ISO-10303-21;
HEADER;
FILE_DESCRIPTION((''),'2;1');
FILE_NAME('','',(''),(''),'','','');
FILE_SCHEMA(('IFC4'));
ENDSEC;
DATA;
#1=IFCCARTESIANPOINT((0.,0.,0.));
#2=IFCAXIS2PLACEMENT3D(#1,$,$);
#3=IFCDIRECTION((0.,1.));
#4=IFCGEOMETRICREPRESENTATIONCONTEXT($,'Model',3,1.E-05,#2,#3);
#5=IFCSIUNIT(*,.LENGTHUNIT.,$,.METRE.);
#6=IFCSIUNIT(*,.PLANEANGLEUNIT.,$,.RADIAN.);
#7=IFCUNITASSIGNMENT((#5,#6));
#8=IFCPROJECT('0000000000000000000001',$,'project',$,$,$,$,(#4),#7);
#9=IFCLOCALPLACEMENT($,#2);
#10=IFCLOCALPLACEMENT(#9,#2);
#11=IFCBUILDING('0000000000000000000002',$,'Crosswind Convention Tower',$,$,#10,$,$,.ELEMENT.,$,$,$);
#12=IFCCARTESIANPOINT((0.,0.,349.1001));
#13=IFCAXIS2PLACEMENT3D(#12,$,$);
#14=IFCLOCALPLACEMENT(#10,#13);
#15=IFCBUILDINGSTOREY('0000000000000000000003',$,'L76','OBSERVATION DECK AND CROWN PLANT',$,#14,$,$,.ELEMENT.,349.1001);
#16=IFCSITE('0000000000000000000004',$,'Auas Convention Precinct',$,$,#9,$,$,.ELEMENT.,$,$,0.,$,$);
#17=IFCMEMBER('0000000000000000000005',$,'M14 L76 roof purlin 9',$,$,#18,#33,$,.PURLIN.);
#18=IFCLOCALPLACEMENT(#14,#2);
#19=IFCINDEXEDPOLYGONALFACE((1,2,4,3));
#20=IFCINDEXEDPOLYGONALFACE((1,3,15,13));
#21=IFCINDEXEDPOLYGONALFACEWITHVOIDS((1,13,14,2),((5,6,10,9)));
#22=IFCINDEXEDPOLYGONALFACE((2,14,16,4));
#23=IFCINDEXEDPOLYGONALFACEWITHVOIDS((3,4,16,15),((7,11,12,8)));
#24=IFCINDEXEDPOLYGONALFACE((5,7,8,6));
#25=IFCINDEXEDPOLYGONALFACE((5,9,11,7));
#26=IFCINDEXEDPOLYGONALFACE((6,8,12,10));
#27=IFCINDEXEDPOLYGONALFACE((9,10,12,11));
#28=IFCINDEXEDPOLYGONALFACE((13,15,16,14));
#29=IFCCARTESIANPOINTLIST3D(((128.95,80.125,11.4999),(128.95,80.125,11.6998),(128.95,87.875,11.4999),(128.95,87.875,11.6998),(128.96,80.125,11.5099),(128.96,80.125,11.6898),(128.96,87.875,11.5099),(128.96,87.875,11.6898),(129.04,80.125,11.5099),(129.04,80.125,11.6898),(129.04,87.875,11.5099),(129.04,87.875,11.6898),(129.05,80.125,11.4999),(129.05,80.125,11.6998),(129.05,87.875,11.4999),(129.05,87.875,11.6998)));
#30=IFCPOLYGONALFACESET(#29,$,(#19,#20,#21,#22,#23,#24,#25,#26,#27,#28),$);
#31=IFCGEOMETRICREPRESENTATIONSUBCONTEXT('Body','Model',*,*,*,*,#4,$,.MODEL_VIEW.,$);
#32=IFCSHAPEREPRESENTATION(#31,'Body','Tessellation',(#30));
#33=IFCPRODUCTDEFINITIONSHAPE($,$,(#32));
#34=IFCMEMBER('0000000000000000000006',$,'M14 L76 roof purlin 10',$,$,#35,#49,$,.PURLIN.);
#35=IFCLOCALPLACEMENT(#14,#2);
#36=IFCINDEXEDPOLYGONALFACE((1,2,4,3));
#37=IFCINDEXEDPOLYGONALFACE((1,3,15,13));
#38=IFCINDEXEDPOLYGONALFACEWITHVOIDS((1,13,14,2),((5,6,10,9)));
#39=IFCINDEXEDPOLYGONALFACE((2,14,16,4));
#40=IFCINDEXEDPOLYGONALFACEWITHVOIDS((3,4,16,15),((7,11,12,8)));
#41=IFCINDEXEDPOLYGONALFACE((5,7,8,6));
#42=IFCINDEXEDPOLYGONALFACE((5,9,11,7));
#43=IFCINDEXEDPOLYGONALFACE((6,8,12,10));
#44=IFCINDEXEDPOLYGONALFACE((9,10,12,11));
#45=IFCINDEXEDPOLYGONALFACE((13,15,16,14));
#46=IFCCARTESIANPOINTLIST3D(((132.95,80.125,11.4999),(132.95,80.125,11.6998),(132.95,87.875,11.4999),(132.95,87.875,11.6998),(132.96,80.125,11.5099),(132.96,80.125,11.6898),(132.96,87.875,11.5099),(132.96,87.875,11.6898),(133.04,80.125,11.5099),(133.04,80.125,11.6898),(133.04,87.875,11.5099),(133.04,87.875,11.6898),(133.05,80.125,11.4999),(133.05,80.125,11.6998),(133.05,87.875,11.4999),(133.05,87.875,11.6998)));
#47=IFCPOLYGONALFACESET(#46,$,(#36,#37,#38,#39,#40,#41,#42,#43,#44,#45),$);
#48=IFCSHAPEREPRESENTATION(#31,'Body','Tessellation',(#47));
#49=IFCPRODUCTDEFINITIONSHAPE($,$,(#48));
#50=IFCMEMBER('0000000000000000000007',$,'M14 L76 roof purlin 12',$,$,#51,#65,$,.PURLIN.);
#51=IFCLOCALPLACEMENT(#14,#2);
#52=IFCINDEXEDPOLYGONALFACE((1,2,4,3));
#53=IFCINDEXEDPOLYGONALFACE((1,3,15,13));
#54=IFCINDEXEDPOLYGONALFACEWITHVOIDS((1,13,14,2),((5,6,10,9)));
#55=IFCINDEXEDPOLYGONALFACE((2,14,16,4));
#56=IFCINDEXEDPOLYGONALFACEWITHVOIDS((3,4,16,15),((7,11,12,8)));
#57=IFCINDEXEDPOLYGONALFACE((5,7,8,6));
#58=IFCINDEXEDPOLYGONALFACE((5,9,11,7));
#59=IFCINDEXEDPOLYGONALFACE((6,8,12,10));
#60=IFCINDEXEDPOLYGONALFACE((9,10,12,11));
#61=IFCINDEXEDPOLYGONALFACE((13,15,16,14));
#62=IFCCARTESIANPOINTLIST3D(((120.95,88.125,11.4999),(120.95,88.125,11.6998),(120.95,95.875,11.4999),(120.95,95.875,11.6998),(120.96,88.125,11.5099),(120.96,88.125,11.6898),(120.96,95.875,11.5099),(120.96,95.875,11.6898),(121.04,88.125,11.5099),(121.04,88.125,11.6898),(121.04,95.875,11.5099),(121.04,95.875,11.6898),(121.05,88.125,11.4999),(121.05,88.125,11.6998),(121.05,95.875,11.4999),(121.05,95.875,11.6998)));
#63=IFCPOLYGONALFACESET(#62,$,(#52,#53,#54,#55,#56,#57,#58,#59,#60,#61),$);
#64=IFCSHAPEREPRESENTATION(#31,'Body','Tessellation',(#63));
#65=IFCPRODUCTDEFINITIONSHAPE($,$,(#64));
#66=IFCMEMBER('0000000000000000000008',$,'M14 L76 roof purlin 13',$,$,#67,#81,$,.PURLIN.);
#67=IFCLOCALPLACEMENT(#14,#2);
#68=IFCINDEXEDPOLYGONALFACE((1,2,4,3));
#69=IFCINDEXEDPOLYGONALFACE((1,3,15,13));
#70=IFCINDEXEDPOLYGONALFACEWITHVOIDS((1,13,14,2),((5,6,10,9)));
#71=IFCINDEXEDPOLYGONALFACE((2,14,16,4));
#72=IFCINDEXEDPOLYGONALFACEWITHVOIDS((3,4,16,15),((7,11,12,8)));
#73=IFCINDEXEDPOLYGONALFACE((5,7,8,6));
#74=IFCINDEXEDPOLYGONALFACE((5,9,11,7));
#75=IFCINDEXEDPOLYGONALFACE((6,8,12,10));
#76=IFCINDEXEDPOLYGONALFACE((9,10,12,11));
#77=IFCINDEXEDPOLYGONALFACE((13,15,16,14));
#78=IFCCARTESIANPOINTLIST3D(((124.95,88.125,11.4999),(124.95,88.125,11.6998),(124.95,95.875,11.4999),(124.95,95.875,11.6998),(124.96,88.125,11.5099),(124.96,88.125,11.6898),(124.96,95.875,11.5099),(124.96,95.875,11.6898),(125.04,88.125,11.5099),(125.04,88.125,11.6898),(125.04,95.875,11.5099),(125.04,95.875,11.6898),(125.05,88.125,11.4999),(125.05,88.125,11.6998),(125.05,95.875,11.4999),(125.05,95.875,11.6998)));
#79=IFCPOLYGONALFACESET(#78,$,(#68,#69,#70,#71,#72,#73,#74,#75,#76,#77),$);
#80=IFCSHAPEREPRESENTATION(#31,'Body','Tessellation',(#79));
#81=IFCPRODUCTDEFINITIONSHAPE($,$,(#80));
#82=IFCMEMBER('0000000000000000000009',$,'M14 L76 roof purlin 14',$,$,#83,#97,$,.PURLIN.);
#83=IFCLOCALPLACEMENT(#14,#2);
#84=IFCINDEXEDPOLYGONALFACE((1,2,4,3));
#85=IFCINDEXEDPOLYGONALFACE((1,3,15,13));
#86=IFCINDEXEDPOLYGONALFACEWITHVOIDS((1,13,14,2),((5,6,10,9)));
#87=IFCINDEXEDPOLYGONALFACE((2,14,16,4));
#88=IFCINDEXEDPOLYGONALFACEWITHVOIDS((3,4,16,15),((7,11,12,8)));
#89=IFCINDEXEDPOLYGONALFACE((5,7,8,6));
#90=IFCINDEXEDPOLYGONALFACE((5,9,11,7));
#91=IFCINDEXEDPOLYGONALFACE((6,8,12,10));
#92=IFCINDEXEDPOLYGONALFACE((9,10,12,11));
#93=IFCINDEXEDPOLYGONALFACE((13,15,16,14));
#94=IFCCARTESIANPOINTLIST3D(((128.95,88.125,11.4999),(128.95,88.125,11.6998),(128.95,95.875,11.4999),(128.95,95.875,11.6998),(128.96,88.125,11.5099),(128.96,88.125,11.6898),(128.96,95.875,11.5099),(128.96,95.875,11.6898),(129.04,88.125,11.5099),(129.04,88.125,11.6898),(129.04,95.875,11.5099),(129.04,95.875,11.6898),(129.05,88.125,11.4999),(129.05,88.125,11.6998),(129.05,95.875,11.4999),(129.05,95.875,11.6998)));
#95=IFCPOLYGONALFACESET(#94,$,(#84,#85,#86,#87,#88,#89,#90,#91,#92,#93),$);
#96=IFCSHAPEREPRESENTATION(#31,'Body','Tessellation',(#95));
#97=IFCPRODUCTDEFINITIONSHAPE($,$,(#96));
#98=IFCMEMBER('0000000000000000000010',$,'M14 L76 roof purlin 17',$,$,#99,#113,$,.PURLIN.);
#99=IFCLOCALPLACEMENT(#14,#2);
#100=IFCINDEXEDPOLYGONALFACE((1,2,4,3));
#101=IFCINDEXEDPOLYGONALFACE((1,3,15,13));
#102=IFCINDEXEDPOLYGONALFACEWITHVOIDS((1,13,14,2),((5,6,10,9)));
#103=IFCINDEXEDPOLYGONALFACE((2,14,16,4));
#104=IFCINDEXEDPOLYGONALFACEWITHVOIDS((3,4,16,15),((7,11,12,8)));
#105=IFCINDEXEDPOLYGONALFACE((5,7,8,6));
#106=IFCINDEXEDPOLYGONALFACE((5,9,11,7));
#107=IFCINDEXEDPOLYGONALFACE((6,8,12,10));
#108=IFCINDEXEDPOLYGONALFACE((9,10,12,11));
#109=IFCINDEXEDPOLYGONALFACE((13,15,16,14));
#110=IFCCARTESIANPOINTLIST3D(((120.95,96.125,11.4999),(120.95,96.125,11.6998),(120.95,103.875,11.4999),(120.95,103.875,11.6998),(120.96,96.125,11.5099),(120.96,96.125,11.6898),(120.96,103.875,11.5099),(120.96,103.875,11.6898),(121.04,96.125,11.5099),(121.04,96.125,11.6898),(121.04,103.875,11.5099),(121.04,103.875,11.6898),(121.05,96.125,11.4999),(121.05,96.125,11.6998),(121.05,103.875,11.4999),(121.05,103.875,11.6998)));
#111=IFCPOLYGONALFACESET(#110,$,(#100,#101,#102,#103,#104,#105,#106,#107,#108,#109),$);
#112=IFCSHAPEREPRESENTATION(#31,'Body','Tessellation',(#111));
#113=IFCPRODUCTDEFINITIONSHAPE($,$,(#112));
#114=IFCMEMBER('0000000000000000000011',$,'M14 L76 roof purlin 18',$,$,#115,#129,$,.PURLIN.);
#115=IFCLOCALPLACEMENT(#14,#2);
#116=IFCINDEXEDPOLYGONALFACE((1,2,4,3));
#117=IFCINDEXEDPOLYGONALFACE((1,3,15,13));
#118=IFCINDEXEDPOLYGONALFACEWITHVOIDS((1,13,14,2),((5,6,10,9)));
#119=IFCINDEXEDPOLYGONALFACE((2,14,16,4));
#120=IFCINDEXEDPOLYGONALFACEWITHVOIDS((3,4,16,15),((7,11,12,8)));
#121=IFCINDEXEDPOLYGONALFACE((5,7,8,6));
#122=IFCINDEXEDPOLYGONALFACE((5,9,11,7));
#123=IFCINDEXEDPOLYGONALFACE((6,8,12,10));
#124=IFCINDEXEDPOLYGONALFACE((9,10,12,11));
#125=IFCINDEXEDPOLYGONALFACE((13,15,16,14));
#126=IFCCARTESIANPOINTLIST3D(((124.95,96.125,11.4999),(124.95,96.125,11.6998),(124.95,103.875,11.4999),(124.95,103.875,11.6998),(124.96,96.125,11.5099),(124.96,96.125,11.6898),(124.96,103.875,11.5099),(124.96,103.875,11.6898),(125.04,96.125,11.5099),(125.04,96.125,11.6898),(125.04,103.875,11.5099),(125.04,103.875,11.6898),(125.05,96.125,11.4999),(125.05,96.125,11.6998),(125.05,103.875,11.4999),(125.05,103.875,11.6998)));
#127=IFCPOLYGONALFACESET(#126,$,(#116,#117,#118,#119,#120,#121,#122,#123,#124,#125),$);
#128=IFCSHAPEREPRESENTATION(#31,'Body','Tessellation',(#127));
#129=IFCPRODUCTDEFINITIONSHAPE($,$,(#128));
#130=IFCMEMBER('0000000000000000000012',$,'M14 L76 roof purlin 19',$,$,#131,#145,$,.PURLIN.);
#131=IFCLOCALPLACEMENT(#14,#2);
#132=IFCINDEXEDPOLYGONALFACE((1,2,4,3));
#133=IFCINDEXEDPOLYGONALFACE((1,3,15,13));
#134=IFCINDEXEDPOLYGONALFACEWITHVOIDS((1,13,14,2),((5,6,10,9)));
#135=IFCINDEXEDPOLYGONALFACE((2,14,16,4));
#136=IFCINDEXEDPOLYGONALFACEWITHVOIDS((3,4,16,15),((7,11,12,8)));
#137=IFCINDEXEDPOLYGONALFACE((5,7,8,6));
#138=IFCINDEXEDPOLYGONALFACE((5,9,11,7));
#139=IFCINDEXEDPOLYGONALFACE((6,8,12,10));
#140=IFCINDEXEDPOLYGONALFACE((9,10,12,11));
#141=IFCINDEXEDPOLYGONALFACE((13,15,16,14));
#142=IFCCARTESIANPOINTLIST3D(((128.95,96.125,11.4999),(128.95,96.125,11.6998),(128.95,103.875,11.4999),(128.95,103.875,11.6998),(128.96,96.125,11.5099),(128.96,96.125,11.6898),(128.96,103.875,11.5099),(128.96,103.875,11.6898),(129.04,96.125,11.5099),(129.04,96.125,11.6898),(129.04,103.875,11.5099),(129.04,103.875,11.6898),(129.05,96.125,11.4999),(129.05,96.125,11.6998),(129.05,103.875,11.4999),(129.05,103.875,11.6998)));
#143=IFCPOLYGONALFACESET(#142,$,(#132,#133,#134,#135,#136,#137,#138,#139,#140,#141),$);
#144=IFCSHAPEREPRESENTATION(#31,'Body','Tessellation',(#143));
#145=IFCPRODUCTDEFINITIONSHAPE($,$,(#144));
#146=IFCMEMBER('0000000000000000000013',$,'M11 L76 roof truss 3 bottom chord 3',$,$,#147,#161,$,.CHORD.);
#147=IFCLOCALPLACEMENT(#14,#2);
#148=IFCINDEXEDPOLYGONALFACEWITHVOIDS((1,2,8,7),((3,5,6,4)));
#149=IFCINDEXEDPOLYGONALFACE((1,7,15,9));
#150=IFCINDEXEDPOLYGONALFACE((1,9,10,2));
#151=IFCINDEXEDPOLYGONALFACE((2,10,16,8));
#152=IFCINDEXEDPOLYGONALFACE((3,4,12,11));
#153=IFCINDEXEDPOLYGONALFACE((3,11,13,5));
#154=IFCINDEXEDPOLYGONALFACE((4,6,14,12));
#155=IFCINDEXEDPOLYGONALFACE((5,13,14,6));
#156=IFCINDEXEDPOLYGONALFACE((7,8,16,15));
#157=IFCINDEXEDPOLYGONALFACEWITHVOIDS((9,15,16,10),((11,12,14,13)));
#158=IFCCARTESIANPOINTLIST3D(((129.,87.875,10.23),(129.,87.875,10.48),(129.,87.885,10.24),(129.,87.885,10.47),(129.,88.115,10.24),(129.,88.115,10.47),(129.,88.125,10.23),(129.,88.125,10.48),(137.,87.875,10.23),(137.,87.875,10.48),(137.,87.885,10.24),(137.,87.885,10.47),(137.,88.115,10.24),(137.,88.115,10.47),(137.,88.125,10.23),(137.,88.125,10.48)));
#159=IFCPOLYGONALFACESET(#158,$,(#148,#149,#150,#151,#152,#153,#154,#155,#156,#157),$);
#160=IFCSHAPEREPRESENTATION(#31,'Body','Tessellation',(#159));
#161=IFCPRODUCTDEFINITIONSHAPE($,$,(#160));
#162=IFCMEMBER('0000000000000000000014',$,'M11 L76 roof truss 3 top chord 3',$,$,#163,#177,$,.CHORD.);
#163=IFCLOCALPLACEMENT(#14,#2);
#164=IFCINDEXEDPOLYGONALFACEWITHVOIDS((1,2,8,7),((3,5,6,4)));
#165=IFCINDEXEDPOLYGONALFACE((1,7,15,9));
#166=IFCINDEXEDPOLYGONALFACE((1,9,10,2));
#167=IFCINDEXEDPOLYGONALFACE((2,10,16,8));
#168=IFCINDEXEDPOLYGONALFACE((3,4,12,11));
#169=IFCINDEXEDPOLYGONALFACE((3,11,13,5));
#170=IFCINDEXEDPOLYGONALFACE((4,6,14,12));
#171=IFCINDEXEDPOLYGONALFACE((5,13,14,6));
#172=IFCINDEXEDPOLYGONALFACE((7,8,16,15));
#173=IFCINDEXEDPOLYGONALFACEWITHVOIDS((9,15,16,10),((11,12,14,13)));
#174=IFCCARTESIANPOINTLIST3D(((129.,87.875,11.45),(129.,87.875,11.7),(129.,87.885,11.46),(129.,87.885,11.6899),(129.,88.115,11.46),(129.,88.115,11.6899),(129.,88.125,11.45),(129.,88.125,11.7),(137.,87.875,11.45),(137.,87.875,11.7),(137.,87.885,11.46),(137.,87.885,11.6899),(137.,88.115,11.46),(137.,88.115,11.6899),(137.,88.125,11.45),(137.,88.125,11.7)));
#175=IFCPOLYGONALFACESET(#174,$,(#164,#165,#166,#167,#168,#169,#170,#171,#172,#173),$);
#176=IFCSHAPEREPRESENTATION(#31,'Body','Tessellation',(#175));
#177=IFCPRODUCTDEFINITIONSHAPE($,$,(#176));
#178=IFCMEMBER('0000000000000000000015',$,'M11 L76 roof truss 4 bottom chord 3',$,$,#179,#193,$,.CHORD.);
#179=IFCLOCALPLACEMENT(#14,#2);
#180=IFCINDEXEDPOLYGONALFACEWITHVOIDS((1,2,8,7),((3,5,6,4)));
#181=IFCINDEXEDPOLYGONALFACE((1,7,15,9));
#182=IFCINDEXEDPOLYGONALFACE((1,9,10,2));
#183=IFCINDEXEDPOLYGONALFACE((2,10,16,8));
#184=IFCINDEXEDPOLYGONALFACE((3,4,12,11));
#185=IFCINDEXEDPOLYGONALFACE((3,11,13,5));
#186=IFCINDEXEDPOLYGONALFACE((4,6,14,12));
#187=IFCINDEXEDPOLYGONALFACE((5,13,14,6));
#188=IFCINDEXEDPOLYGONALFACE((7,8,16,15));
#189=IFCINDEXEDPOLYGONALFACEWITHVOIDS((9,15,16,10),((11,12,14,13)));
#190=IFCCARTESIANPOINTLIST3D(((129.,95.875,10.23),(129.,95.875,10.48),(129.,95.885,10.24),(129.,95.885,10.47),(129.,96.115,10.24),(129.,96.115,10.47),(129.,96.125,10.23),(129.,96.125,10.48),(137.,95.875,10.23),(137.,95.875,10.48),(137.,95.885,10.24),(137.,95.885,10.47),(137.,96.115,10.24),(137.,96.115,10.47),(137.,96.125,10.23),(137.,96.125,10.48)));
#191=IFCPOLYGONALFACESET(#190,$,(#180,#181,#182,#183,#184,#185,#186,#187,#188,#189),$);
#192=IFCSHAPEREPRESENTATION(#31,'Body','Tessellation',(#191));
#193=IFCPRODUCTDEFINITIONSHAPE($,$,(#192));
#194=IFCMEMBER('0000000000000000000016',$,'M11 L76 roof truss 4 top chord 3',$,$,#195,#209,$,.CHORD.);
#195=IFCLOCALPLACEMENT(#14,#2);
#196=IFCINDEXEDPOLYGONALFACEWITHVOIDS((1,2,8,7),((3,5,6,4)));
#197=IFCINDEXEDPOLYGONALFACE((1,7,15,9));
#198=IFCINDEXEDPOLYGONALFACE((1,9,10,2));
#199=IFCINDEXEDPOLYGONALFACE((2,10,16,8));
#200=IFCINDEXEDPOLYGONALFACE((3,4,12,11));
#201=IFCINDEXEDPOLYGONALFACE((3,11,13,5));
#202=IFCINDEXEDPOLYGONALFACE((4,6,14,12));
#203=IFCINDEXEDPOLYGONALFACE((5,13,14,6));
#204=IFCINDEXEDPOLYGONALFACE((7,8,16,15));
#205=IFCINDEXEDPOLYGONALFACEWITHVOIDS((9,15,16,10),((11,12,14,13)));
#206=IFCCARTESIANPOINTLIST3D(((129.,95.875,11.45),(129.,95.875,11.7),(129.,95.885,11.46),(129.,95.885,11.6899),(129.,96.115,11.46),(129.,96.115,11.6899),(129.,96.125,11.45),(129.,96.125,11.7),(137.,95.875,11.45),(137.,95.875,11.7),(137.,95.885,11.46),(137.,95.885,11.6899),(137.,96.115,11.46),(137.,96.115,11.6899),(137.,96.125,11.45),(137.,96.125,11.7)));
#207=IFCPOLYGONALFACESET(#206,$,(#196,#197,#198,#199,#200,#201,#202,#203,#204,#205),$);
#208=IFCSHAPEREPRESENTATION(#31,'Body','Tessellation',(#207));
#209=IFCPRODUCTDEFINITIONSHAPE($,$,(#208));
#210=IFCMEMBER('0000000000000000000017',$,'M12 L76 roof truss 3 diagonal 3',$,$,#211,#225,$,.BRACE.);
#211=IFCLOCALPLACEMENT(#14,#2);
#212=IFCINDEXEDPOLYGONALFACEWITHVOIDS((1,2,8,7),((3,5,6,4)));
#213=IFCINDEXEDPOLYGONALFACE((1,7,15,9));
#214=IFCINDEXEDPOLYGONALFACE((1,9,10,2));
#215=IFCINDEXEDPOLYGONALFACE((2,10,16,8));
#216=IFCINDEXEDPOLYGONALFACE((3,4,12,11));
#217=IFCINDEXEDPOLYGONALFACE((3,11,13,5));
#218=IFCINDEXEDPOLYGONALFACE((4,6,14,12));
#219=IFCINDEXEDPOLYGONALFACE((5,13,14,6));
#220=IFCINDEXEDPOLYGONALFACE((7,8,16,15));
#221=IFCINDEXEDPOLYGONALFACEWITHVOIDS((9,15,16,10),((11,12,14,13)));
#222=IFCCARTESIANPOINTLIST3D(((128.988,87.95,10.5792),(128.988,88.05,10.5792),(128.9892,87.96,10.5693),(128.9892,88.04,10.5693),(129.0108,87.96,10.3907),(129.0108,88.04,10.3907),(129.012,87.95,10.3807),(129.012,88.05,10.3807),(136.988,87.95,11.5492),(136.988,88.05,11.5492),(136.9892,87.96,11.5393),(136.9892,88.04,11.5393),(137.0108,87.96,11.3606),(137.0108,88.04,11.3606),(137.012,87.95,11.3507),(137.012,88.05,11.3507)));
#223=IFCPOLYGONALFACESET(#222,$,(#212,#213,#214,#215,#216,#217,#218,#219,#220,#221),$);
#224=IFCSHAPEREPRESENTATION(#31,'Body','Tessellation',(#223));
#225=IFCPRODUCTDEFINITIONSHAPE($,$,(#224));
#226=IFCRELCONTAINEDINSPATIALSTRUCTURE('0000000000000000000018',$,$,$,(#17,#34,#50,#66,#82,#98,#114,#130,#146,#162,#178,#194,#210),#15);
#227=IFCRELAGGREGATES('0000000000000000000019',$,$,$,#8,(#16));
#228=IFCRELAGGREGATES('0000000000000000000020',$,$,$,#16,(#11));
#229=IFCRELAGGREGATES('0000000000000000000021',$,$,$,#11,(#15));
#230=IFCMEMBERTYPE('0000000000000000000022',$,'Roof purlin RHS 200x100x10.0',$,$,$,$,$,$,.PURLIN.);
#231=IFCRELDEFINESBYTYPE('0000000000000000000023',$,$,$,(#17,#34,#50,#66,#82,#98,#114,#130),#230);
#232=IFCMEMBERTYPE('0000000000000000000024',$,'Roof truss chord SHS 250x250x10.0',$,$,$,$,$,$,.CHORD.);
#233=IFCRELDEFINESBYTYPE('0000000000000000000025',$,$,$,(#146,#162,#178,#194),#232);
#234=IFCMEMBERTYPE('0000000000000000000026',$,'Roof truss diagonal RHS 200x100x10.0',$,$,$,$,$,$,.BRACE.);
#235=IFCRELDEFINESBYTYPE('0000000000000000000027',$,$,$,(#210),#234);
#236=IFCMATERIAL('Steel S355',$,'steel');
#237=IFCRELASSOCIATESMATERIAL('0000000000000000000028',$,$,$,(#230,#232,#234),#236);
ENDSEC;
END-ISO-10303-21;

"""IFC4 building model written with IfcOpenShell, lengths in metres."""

from ifc_helpers import new_model, si_unit, direction, frame, origin, origin_2d, place, context, subcontext, project, spatial, hollow_rectangle, extrude, material, material_profile, profile_set, type_object, element, save


model = new_model("IFC4")

# Units and contexts
model_context = context("Model", 3, precision=1e-05, world=origin(), true_north=direction((0.0, 1.0)))
body_context = subcontext(model_context, "Body", "Model", "MODEL_VIEW")
ifc_project = project(units=[si_unit("LENGTHUNIT", "METRE"), si_unit("PLANEANGLEUNIT", "RADIAN")], contexts=[model_context])

# Site, building, storey
site_placement = place(None, origin())
site = spatial("IfcSite", under=ifc_project, at=site_placement, Name="Auas Convention Precinct", CompositionType="ELEMENT", RefElevation=0.0)
building_placement = place(site_placement, origin())
building = spatial("IfcBuilding", under=site, at=building_placement, Name="Crosswind Convention Tower", CompositionType="ELEMENT")
storey_placement = place(building_placement, frame((0.0, 0.0, 349.1001)))
storey = spatial("IfcBuildingStorey", under=building, at=storey_placement, Name="L76", Description="OBSERVATION DECK AND CROWN PLANT", CompositionType="ELEMENT", Elevation=349.1001)

# Shared definitions
ifc_material_1 = material(Name="Steel S355", Category="steel")

# Members
ifc_material_profile_1 = material_profile(ifc_material_1, hollow_rectangle(XDim=0.1001, YDim=0.2, WallThickness=0.01, at=origin_2d()), Name="RHS 200x100x10.0")
ifc_profile_set_1 = profile_set([ifc_material_profile_1], Name="Steel S355")
member_type_1 = type_object("IfcMemberType", Name="Roof purlin RHS 200x100x10.0", PredefinedType="PURLIN", material=ifc_profile_set_1)
for number, where, z_axis, x_axis, name in (
    (1, (129.0, 80.125, 11.5999), (0.0, 1.0, 0.0), (-1.0, 0.0, 0.0), "M14 L76 roof purlin 9"),
    (2, (133.0, 80.125, 11.5999), (0.0, 1.0, 0.0), (-1.0, 0.0, 0.0), "M14 L76 roof purlin 10"),
    (3, (121.0, 88.125, 11.5999), (0.0, 1.0, 0.0), (-1.0, 0.0, 0.0), "M14 L76 roof purlin 12"),
    (4, (125.0, 88.125, 11.5999), (0.0, 1.0, 0.0), (-1.0, 0.0, 0.0), "M14 L76 roof purlin 13"),
    (5, (129.0, 88.125, 11.5999), (0.0, 1.0, 0.0), (-1.0, 0.0, 0.0), "M14 L76 roof purlin 14"),
    (6, (121.0, 96.125, 11.5999), (0.0, 1.0, 0.0), (-1.0, 0.0, 0.0), "M14 L76 roof purlin 17"),
    (7, (125.0, 96.125, 11.5999), (0.0, 1.0, 0.0), (-1.0, 0.0, 0.0), "M14 L76 roof purlin 18"),
    (8, (129.0, 96.125, 11.5999), (0.0, 1.0, 0.0), (-1.0, 0.0, 0.0), "M14 L76 roof purlin 19"),
):
    element("IfcMember", number, at=place(storey_placement, frame(where, z_axis=z_axis, x_axis=x_axis)), inside=storey, type_object=member_type_1, Name=name, PredefinedType="PURLIN", context=body_context, shape_type="SweptSolid", body=[
        extrude(hollow_rectangle(XDim=0.1001, YDim=0.2, WallThickness=0.01, at=origin_2d()), origin(), (0.0, 0.0, 1.0), 7.75),
    ])
ifc_material_profile_2 = material_profile(ifc_material_1, hollow_rectangle(XDim=0.25, YDim=0.25, WallThickness=0.01, at=origin_2d()), Name="SHS 250x250x10.0")
ifc_profile_set_2 = profile_set([ifc_material_profile_2], Name="Steel S355")
member_type_2 = type_object("IfcMemberType", Name="Roof truss chord SHS 250x250x10.0", PredefinedType="CHORD", material=ifc_profile_set_2)
for number, where, z_axis, x_axis, name in (
    (9, (129.0, 88.0, 10.355), (1.0, 0.0, 0.0), (0.0, 1.0, 0.0), "M11 L76 roof truss 3 bottom chord 3"),
    (10, (129.0, 88.0, 11.575), (1.0, 0.0, 0.0), (0.0, 1.0, 0.0), "M11 L76 roof truss 3 top chord 3"),
    (11, (129.0, 96.0, 10.355), (1.0, 0.0, 0.0), (0.0, 1.0, 0.0), "M11 L76 roof truss 4 bottom chord 3"),
    (12, (129.0, 96.0, 11.575), (1.0, 0.0, 0.0), (0.0, 1.0, 0.0), "M11 L76 roof truss 4 top chord 3"),
):
    element("IfcMember", number, at=place(storey_placement, frame(where, z_axis=z_axis, x_axis=x_axis)), inside=storey, type_object=member_type_2, Name=name, PredefinedType="CHORD", context=body_context, shape_type="SweptSolid", body=[
        extrude(hollow_rectangle(XDim=0.25, YDim=0.25, WallThickness=0.01, at=origin_2d()), origin(), (0.0, 0.0, 1.0), 8.0),
    ])
ifc_material_profile_3 = material_profile(ifc_material_1, hollow_rectangle(XDim=0.1001, YDim=0.2, WallThickness=0.01, at=origin_2d()), Name="RHS 200x100x10.0")
ifc_profile_set_3 = profile_set([ifc_material_profile_3], Name="Steel S355")
member_type_3 = type_object("IfcMemberType", Name="Roof truss diagonal RHS 200x100x10.0", PredefinedType="BRACE", material=ifc_profile_set_3)
for number, where, z_axis, x_axis, name in (
    (13, (129.0, 88.0, 10.48), (0.99273, 0.0, 0.120365), (0.0, 1.0, 0.0), "M12 L76 roof truss 3 diagonal 3"),
):
    element("IfcMember", number, at=place(storey_placement, frame(where, z_axis=z_axis, x_axis=x_axis)), inside=storey, type_object=member_type_3, Name=name, PredefinedType="BRACE", context=body_context, shape_type="SweptSolid", body=[
        extrude(hollow_rectangle(XDim=0.1001, YDim=0.2, WallThickness=0.01, at=origin_2d()), origin(), (0.0, 0.0, 1.0), 8.0586),
    ])

save(model, "model.ifc")
